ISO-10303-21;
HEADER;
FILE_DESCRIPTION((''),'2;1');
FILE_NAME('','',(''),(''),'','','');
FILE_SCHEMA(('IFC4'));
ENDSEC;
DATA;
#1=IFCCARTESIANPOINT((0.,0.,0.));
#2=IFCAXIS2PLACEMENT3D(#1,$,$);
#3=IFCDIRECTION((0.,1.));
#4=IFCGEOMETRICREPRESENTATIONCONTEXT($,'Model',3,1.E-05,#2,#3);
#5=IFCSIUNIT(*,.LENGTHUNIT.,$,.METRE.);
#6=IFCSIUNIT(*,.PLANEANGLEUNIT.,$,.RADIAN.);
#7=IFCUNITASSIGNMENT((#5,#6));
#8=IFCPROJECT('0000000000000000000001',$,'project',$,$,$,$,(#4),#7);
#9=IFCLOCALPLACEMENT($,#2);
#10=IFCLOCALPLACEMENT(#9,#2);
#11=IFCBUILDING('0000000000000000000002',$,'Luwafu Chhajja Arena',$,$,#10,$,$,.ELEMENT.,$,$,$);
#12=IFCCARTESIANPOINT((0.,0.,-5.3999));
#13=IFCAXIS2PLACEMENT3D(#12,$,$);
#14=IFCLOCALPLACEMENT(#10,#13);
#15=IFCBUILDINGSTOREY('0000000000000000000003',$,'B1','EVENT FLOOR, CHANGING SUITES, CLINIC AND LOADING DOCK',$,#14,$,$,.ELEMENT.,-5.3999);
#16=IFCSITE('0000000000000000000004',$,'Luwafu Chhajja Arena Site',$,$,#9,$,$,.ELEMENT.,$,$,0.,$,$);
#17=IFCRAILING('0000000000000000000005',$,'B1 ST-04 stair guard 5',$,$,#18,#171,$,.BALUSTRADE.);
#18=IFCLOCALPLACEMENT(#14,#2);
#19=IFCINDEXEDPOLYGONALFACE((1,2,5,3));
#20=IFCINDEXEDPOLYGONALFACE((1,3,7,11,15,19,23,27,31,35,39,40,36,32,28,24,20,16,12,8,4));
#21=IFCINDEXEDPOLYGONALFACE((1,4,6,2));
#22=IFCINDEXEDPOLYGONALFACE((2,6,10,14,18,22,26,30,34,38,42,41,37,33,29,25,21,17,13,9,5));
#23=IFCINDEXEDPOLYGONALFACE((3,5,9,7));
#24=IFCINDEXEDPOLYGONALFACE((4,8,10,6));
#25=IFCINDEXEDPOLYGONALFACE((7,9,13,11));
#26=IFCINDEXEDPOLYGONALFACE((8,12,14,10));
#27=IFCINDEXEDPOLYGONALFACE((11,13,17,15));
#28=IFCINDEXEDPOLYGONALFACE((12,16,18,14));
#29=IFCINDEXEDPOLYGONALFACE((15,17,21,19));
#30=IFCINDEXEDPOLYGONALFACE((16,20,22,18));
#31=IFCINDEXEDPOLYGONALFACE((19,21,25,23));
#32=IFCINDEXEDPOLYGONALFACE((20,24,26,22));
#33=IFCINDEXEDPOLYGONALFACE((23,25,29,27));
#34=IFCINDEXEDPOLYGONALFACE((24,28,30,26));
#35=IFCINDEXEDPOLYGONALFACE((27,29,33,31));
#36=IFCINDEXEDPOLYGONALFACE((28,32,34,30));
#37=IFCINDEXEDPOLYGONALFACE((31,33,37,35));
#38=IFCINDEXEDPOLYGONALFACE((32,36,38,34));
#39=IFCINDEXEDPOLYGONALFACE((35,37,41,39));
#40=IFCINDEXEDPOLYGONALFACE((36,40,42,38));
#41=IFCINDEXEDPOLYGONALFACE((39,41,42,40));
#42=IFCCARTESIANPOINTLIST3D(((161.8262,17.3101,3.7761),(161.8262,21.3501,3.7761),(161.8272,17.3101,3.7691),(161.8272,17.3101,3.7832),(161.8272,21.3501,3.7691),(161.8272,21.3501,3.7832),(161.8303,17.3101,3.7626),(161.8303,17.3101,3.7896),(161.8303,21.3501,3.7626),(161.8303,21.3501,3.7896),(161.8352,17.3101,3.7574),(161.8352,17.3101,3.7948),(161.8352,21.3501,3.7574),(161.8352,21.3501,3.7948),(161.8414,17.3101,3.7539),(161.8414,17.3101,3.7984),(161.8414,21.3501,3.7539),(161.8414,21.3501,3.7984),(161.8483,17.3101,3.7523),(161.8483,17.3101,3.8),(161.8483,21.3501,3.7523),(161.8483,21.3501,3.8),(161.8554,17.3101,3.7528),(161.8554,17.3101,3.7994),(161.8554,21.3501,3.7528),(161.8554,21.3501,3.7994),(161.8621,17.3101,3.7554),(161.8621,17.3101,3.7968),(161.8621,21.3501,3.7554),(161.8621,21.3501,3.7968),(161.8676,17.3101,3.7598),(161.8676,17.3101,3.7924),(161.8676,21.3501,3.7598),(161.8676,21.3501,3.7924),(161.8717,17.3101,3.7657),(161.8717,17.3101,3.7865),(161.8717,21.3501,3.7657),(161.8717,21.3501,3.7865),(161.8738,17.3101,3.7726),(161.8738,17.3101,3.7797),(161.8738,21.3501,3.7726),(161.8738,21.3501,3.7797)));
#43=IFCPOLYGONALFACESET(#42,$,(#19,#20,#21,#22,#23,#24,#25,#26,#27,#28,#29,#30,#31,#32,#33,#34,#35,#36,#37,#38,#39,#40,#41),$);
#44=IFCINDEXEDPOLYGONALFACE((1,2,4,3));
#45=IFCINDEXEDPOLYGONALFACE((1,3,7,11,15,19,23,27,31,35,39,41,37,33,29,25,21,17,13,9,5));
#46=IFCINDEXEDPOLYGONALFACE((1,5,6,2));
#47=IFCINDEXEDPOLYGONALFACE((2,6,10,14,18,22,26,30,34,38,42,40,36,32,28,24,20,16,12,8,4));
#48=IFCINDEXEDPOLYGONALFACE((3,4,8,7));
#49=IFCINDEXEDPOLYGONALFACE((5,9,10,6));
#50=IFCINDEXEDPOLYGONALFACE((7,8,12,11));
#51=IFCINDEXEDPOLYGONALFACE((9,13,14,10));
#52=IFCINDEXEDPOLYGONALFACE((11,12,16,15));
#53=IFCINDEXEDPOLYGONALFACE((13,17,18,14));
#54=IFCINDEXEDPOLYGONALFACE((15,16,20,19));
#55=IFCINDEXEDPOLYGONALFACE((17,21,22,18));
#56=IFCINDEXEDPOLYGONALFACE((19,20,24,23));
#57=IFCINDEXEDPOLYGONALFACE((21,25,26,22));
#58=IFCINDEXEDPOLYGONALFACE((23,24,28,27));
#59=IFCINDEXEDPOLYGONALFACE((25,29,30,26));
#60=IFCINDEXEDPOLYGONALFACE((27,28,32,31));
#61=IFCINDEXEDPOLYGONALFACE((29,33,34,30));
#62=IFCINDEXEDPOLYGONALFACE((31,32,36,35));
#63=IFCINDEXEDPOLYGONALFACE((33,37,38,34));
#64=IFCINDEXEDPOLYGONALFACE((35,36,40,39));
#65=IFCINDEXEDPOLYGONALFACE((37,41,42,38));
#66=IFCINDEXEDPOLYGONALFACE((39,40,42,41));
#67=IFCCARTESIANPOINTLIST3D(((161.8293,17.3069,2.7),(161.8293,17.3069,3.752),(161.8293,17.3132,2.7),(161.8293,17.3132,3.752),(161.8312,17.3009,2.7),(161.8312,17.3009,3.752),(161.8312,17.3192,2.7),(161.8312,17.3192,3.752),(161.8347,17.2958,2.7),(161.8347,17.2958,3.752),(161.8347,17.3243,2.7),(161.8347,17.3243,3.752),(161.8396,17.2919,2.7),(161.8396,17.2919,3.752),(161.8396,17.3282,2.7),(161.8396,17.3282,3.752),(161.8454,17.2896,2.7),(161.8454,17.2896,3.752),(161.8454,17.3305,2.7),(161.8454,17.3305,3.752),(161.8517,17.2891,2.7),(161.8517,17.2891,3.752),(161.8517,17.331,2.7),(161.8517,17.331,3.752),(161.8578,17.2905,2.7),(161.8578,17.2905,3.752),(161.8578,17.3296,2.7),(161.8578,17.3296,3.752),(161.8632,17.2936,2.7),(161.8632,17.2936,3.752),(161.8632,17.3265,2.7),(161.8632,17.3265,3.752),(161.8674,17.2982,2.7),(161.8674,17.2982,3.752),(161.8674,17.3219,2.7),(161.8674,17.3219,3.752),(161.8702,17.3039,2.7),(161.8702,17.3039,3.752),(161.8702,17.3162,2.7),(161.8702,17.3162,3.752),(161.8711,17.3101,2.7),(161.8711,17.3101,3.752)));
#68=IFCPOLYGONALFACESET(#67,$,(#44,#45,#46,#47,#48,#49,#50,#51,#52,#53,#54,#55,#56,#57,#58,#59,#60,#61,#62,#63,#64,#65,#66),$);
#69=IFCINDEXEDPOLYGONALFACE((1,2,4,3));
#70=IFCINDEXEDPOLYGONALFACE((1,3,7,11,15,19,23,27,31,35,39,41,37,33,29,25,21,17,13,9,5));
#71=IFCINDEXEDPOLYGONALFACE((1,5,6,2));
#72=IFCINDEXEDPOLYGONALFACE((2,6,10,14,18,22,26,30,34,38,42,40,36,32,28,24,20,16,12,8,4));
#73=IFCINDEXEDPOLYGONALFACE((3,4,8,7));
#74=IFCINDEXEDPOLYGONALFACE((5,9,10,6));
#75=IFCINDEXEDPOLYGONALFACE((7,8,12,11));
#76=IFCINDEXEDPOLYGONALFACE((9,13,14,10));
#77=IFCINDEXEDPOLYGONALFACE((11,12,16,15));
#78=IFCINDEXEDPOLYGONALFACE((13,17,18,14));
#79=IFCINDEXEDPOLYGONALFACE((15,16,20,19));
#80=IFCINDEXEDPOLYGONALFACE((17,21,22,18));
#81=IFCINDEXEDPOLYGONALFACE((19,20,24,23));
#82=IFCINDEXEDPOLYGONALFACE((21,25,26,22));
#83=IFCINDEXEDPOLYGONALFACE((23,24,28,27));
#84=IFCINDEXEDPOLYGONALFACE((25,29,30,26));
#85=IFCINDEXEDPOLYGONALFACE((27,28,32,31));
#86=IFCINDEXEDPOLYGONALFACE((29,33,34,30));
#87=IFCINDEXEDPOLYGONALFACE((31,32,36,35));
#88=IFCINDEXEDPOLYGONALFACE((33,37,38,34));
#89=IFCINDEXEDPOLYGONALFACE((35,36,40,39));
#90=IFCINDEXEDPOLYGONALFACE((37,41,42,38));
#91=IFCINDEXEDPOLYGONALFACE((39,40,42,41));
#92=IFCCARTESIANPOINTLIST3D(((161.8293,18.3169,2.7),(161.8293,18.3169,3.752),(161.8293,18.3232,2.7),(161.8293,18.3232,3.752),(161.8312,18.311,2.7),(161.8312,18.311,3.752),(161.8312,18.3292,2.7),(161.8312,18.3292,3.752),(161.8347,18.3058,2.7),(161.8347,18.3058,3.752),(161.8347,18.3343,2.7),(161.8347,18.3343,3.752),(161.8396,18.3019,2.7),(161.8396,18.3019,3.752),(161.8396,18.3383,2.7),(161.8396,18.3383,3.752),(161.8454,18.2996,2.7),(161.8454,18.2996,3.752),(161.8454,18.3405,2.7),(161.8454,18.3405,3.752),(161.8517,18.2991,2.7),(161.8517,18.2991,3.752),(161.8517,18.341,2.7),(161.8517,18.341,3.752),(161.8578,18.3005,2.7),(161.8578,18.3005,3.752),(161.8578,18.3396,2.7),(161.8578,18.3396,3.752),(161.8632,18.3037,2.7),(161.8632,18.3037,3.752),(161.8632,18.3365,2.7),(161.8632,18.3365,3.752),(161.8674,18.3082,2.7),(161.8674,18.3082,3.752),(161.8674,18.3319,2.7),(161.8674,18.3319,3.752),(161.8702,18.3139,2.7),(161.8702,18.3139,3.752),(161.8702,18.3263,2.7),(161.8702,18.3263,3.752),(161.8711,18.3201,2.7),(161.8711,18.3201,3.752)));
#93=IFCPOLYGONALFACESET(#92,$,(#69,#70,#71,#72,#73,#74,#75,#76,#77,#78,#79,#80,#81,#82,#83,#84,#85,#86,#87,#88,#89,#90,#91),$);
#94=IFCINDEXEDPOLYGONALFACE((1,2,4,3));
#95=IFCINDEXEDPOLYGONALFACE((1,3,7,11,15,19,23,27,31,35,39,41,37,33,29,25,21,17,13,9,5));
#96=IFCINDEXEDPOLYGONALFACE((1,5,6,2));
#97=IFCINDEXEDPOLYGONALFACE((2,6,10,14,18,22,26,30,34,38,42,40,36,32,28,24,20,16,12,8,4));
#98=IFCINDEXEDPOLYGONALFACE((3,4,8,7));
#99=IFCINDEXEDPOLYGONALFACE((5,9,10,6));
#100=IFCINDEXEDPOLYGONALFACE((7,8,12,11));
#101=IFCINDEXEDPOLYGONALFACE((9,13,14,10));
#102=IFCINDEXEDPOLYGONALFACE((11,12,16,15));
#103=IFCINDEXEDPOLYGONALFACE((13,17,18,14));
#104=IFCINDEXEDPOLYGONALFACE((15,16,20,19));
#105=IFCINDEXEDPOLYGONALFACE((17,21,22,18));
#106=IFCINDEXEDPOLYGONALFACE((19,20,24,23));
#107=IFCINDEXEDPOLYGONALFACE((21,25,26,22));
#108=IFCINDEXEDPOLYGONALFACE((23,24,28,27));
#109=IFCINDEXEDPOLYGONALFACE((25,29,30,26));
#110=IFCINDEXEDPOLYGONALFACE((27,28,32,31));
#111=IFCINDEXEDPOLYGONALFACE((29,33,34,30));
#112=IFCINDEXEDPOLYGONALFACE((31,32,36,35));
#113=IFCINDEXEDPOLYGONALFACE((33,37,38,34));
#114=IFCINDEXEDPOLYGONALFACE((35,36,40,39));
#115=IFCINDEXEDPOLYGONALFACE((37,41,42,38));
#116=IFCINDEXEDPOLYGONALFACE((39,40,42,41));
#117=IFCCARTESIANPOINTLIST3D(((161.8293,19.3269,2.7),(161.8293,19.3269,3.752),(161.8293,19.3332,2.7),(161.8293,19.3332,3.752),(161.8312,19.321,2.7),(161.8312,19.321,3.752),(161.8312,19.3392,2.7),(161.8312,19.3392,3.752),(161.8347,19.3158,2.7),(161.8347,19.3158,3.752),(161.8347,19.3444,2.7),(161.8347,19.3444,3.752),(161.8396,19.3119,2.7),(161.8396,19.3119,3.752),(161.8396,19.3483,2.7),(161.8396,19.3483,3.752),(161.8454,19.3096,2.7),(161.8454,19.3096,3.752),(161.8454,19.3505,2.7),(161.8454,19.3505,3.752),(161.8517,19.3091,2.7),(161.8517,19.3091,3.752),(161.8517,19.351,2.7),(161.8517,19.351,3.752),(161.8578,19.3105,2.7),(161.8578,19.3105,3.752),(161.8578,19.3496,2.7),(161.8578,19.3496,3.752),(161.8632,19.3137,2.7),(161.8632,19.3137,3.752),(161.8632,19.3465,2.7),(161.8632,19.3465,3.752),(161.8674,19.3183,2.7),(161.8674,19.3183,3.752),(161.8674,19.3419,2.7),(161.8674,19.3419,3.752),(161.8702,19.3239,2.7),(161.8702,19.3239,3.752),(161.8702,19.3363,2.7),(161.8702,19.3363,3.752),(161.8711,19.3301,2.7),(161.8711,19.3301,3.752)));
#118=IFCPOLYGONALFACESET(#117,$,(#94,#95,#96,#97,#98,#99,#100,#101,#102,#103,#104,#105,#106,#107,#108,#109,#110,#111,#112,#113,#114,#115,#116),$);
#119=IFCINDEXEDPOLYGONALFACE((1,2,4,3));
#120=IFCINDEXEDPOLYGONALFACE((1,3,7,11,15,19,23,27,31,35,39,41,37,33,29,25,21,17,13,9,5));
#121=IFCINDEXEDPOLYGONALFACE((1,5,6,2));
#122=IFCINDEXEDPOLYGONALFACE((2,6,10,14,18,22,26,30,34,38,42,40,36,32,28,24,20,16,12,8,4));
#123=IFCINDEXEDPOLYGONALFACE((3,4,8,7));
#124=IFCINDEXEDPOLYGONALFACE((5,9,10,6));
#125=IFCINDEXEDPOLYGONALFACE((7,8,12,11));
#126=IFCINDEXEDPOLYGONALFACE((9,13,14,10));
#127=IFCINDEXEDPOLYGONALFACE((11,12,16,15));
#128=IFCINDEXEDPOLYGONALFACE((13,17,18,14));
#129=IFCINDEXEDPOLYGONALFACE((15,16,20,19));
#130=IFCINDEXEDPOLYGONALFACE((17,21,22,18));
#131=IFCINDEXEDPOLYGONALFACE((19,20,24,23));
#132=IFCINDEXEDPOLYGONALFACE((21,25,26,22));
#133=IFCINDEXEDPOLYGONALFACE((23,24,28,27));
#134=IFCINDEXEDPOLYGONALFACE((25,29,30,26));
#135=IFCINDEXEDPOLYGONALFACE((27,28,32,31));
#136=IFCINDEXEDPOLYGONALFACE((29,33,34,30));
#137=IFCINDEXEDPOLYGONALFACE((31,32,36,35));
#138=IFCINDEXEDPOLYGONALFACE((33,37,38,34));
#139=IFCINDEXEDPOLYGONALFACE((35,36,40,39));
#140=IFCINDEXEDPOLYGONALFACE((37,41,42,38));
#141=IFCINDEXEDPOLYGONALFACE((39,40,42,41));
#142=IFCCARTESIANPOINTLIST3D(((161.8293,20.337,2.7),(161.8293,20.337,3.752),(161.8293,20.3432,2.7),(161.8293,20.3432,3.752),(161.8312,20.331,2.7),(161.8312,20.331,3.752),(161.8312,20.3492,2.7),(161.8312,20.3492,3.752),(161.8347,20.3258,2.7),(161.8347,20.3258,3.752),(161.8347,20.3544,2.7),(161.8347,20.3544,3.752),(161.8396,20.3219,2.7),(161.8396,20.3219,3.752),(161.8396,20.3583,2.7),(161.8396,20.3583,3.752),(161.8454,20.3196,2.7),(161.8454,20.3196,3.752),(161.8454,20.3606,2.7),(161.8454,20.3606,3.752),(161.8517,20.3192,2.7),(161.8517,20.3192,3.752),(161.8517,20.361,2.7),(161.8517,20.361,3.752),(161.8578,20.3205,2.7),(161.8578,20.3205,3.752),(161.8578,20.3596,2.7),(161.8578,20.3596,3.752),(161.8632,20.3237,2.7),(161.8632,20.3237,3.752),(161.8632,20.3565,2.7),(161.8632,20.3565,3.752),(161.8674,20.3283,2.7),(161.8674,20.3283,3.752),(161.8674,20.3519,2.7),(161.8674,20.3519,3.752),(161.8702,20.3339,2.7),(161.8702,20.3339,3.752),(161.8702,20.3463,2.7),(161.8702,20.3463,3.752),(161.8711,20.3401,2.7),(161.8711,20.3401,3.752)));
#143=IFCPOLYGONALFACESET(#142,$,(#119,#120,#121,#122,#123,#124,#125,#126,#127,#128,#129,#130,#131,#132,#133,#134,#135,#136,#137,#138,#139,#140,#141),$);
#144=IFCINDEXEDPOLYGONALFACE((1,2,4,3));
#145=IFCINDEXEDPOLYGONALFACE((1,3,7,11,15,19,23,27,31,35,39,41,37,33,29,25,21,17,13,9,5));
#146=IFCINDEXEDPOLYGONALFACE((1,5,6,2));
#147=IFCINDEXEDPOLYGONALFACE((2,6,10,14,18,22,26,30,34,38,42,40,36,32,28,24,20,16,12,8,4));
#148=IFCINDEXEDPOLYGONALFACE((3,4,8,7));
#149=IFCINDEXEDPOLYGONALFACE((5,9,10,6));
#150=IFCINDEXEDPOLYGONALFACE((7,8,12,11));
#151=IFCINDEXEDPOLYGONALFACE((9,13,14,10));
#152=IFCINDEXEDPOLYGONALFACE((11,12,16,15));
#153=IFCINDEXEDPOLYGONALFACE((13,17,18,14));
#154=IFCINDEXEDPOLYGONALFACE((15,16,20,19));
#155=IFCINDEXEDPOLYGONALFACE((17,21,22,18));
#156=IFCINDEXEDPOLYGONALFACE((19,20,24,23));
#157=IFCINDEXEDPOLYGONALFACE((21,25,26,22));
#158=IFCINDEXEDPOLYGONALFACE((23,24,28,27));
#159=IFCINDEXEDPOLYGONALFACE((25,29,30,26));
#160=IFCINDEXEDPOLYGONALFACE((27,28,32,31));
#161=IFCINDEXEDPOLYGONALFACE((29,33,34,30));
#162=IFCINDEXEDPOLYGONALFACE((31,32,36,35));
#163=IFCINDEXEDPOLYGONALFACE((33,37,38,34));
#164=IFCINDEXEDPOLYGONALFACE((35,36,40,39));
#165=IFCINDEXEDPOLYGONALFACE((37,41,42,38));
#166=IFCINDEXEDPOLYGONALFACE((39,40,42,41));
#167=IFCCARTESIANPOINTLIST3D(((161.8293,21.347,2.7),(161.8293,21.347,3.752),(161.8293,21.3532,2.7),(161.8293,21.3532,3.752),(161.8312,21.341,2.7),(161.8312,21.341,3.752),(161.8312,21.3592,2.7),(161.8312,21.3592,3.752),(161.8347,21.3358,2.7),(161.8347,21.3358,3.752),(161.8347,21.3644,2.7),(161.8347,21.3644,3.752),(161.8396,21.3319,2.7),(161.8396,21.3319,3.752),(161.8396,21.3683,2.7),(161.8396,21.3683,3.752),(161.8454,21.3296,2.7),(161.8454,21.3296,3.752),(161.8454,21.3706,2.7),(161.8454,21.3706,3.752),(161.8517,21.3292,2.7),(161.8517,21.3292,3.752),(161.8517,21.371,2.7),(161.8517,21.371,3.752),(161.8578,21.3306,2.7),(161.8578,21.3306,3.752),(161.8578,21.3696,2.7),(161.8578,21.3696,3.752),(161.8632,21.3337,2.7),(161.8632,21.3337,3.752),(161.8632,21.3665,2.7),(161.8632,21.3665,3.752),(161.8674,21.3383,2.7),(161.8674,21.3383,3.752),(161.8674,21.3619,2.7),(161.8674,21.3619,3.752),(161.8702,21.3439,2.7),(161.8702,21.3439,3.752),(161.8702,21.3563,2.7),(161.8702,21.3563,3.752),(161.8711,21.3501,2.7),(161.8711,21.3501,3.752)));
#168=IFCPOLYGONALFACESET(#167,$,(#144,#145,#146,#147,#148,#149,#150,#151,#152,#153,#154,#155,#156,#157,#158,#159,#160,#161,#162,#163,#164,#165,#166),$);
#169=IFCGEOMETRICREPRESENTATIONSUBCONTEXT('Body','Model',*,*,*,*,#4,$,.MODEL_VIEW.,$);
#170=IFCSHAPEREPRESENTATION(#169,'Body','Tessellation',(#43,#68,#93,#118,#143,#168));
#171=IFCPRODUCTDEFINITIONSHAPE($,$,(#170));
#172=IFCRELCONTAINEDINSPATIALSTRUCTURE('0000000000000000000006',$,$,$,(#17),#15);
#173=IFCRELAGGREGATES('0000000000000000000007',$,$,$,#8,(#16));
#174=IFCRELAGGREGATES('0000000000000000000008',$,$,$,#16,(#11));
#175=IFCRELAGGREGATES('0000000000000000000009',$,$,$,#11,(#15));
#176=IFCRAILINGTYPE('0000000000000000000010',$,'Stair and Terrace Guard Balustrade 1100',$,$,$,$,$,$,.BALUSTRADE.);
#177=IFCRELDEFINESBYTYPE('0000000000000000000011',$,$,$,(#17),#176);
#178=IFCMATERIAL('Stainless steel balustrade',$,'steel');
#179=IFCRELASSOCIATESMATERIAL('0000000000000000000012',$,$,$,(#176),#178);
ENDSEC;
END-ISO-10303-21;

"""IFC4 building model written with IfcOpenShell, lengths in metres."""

from ifc_helpers import new_model, si_unit, direction, frame, origin, origin_2d, place, context, subcontext, project, spatial, circle, extrude, material, type_object, element, save


model = new_model("IFC4")

# Units and contexts
model_context = context("Model", 3, precision=1e-05, world=origin(), true_north=direction((0.0, 1.0)))
body_context = subcontext(model_context, "Body", "Model", "MODEL_VIEW")
ifc_project = project(units=[si_unit("LENGTHUNIT", "METRE"), si_unit("PLANEANGLEUNIT", "RADIAN")], contexts=[model_context])

# Site, building, storey
site_placement = place(None, origin())
site = spatial("IfcSite", under=ifc_project, at=site_placement, Name="Luwafu Chhajja Arena Site", CompositionType="ELEMENT", RefElevation=0.0)
building_placement = place(site_placement, origin())
building = spatial("IfcBuilding", under=site, at=building_placement, Name="Luwafu Chhajja Arena", CompositionType="ELEMENT")
storey_placement = place(building_placement, frame((0.0, 0.0, -5.3999)))
storey = spatial("IfcBuildingStorey", under=building, at=storey_placement, Name="B1", Description="EVENT FLOOR, CHANGING SUITES, CLINIC AND LOADING DOCK", CompositionType="ELEMENT", Elevation=-5.3999)

# Railing
ifc_material_1 = material(Name="Stainless steel balustrade", Category="steel")
railing_type_1 = type_object("IfcRailingType", Name="Stair and Terrace Guard Balustrade 1100", PredefinedType="BALUSTRADE", material=ifc_material_1)
railing_1_placement = place(storey_placement, frame((161.8501, 17.3101, 2.7)))
element("IfcRailing", 1, at=railing_1_placement, inside=storey, type_object=railing_type_1, Name="B1 ST-04 stair guard 5", PredefinedType="BALUSTRADE", context=body_context, shape_type="SweptSolid", body=[
    extrude(circle(Radius=0.0239, at=origin_2d()), frame((0.0, 0.0, 1.0762), z_axis=(0.0, 1.0, 0.0), x_axis=(-1.0, 0.0, 0.0)), (0.0, 0.0, 1.0), 4.04),
    extrude(circle(Radius=0.021, at=origin_2d()), origin(), (0.0, 0.0, 1.0), 1.052),
    extrude(circle(Radius=0.021, at=origin_2d()), frame((0.0, 1.01, 0.0)), (0.0, 0.0, 1.0), 1.052),
    extrude(circle(Radius=0.021, at=origin_2d()), frame((0.0, 2.02, 0.0)), (0.0, 0.0, 1.0), 1.052),
    extrude(circle(Radius=0.021, at=origin_2d()), frame((0.0, 3.03, 0.0)), (0.0, 0.0, 1.0), 1.052),
    extrude(circle(Radius=0.021, at=origin_2d()), frame((0.0, 4.04, 0.0)), (0.0, 0.0, 1.0), 1.052),
])

save(model, "model.ifc")
